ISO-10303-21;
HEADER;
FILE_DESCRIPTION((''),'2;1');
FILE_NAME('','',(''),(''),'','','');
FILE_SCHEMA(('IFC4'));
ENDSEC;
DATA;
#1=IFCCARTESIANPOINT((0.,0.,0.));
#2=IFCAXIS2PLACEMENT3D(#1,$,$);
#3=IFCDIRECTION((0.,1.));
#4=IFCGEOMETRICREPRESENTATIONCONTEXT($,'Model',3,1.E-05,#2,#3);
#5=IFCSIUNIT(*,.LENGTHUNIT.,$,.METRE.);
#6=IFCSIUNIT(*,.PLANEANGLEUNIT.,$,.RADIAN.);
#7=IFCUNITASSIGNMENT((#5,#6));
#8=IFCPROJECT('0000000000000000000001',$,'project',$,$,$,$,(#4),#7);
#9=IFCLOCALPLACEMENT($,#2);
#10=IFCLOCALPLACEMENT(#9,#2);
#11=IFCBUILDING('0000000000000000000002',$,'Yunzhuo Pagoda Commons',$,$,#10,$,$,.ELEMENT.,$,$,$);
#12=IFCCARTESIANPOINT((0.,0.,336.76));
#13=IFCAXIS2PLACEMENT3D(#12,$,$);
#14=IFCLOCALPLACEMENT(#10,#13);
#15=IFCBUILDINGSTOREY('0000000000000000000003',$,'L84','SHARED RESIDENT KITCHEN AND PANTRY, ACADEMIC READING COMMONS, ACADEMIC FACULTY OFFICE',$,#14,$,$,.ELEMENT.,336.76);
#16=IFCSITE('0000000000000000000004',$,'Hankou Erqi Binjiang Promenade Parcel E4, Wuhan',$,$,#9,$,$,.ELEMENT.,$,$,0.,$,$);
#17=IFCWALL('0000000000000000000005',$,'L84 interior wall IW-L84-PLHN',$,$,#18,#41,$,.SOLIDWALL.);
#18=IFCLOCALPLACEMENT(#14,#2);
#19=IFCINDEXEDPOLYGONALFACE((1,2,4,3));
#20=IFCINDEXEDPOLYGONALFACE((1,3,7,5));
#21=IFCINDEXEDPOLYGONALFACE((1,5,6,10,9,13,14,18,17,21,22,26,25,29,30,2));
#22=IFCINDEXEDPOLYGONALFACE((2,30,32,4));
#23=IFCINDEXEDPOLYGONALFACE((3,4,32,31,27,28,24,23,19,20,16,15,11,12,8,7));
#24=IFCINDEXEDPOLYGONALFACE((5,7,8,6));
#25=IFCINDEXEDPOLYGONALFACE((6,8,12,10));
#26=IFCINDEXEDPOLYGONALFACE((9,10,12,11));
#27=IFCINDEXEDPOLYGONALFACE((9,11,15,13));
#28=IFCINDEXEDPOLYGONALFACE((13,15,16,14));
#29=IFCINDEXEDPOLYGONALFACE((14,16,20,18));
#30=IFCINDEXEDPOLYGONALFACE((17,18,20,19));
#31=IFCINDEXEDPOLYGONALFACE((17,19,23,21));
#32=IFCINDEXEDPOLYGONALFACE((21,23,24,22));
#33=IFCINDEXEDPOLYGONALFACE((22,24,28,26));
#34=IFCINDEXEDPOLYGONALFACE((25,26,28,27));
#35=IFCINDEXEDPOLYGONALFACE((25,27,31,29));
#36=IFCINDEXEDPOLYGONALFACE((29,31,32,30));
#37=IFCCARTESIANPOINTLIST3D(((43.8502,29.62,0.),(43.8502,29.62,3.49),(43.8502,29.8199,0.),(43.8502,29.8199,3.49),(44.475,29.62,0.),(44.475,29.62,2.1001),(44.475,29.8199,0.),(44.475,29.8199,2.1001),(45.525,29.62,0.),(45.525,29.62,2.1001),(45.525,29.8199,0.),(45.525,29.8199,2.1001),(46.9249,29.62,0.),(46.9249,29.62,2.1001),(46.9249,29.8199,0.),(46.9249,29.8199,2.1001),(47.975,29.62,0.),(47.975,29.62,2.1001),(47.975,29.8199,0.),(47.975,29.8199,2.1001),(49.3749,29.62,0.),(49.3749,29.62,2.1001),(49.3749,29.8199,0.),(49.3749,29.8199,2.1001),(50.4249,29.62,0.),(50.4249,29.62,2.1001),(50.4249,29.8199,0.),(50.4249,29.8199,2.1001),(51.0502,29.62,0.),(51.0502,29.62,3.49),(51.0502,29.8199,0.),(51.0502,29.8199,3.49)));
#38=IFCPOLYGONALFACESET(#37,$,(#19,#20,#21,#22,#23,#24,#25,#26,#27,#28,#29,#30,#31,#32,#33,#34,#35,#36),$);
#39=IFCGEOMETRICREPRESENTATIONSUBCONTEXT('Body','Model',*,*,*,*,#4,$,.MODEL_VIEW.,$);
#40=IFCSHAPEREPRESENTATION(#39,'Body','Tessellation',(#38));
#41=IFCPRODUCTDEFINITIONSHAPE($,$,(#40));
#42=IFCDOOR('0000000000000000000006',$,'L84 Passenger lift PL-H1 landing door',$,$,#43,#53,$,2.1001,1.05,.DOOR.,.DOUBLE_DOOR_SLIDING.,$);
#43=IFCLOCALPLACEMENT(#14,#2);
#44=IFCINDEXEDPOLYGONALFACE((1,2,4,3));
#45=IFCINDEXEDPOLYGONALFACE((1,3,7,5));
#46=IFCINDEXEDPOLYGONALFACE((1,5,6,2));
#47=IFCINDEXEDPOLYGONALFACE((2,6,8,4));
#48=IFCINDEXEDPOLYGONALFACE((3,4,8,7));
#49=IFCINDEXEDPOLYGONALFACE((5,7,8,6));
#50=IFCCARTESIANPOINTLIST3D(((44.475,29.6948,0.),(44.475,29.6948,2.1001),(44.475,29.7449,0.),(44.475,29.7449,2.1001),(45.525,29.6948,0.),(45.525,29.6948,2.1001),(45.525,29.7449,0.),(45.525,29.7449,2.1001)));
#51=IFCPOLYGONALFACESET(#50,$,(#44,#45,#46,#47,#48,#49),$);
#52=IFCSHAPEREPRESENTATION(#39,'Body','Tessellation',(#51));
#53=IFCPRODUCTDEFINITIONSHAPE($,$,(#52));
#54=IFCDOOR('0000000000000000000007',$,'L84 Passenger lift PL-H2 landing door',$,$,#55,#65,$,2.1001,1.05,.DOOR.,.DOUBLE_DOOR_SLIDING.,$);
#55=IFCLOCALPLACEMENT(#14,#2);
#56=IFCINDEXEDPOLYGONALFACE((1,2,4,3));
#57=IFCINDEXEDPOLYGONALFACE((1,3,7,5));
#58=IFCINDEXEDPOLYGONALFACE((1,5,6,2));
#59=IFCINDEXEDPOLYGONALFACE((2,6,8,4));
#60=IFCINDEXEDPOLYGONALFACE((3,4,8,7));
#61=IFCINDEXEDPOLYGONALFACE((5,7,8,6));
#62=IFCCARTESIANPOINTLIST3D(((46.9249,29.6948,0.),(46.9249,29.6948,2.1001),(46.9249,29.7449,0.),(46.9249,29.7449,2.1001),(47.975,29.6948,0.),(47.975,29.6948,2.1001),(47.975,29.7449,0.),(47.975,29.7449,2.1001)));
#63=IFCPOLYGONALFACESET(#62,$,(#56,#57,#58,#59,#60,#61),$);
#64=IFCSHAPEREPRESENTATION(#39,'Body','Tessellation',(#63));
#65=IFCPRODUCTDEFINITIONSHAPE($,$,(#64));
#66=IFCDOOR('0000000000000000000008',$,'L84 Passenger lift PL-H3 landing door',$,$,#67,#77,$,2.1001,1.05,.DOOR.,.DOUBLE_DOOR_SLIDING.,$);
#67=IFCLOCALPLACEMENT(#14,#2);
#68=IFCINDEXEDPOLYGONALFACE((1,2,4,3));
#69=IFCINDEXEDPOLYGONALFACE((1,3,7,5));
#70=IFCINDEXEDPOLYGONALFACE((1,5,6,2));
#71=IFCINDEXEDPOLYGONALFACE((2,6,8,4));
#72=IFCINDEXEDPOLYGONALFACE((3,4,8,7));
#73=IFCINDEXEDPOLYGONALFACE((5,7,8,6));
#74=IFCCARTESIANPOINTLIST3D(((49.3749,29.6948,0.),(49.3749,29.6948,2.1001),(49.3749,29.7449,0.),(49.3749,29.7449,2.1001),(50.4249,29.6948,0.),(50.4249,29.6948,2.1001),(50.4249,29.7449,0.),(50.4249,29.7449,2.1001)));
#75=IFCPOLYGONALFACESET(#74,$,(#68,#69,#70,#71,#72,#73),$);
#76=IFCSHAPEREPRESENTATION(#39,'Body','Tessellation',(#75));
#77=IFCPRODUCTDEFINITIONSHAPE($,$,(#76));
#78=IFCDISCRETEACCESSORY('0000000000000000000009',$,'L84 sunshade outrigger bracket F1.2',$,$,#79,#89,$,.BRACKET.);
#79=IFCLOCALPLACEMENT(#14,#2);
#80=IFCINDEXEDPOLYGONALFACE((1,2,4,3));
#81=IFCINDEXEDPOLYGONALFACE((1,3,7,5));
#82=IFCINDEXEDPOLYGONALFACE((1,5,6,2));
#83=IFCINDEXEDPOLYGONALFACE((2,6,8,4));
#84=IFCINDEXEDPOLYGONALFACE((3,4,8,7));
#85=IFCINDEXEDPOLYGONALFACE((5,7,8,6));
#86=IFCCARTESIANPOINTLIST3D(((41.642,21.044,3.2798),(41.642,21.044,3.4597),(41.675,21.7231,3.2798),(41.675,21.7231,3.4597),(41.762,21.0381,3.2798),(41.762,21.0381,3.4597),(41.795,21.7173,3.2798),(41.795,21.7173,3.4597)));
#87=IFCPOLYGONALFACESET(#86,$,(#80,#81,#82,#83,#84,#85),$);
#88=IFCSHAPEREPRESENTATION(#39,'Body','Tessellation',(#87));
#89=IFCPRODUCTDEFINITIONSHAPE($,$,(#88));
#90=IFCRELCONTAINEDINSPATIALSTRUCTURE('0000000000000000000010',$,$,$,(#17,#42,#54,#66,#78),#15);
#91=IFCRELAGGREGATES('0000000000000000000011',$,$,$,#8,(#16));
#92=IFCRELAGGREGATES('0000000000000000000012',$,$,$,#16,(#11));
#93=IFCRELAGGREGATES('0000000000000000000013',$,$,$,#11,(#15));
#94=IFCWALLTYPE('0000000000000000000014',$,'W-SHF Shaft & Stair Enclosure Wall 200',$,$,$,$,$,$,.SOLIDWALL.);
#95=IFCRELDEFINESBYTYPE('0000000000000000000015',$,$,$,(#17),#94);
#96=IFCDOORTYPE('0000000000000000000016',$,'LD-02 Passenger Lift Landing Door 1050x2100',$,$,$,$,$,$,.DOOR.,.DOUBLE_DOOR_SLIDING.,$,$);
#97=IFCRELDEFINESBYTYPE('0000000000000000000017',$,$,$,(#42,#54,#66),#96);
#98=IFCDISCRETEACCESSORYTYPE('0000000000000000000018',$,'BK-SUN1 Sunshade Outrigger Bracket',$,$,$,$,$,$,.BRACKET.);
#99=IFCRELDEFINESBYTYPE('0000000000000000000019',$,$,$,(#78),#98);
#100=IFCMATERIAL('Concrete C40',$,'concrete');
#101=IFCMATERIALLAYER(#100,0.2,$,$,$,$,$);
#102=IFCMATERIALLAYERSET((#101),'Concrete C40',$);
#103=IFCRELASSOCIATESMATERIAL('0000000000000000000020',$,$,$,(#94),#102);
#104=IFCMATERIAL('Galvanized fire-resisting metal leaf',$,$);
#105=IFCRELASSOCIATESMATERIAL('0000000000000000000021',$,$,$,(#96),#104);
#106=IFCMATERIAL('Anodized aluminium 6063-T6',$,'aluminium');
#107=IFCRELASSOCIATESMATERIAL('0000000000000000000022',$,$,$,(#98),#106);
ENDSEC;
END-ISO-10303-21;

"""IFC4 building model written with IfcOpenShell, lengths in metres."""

from ifc_helpers import new_model, si_unit, direction, frame, frame_2d, origin, origin_with_axes, origin_2d, place, context, subcontext, project, spatial, rectangle, extrude, source, transform, mapped, material, layer, layer_set, type_object, element, fill, save


model = new_model("IFC4")

# Units and contexts
model_context = context("Model", 3, precision=1e-05, world=origin(), true_north=direction((0.0, 1.0)))
body_context = subcontext(model_context, "Body", "Model", "MODEL_VIEW")
ifc_project = project(units=[si_unit("LENGTHUNIT", "METRE"), si_unit("PLANEANGLEUNIT", "RADIAN")], contexts=[model_context])

# Site, building, storey
site_placement = place(None, origin())
site = spatial("IfcSite", under=ifc_project, at=site_placement, Name="Hankou Erqi Binjiang Promenade Parcel E4, Wuhan", CompositionType="ELEMENT", RefElevation=0.0)
building_placement = place(site_placement, origin())
building = spatial("IfcBuilding", under=site, at=building_placement, Name="Yunzhuo Pagoda Commons", CompositionType="ELEMENT")
storey_placement = place(building_placement, frame((0.0, 0.0, 336.76)))
storey = spatial("IfcBuildingStorey", under=building, at=storey_placement, Name="L84", Description="SHARED RESIDENT KITCHEN AND PANTRY, ACADEMIC READING COMMONS, ACADEMIC FACULTY OFFICE", CompositionType="ELEMENT", Elevation=336.76)

# Shared definitions
ifc_material_1 = material(Name="Anodized aluminium 6063-T6", Category="aluminium")

# Shared definitions
ifc_material_2 = material(Name="Galvanized fire-resisting metal leaf")

# Shared definitions
ifc_material_3 = material(Name="Concrete C40", Category="concrete")
ifc_layer_1 = layer(ifc_material_3, 0.2)
ifc_layer_set_1 = layer_set([ifc_layer_1], Name="Concrete C40")
wall_type_1 = type_object("IfcWallType", Name="W-SHF Shaft & Stair Enclosure Wall 200", PredefinedType="SOLIDWALL", material=ifc_layer_set_1)
shared_shape_1 = source(origin(), body_context, "Body", "SweptSolid", [
    extrude(rectangle(XDim=1.05, YDim=2.1001, at=frame_2d((0.5249, 1.05))), frame((0.0, 0.0249, 0.0), z_axis=(0.0, -1.0, 0.0), x_axis=(1.0, 0.0, 0.0)), (0.0, 0.0, 1.0), 0.05),
])

# Wall, openings, doors
wall_1_placement = place(storey_placement, frame((43.8501, 29.72, 0.0), z_axis=(0.0, 0.0, 1.0), x_axis=(1.0, 0.0, 0.0)))
wall_1 = element("IfcWall", 1, at=wall_1_placement, inside=storey, type_object=wall_type_1, Name="L84 interior wall IW-L84-PLHN", PredefinedType="SOLIDWALL", context=body_context, shape_type="SweptSolid", body=[
    extrude(rectangle(XDim=7.2, YDim=0.2, at=frame_2d((3.6001, 0.0))), origin(), (0.0, 0.0, 1.0), 3.49),
])
opening_1_placement = place(wall_1_placement, frame((0.625, 0.0, 0.0)))
opening_1 = element("IfcOpeningElement", 2, at=opening_1_placement, cuts=wall_1, PredefinedType="OPENING", context=body_context, shape_type="SweptSolid", body=[
    extrude(rectangle(XDim=1.05, YDim=2.1001, at=frame_2d((0.5249, 1.05))), frame((0.0, 0.1099, 0.0), z_axis=(0.0, -1.0, 0.0), x_axis=(1.0, 0.0, 0.0)), (0.0, 0.0, 1.0), 0.22),
])
opening_2_placement = place(wall_1_placement, frame((3.075, 0.0, 0.0)))
opening_2 = element("IfcOpeningElement", 3, at=opening_2_placement, cuts=wall_1, PredefinedType="OPENING", context=body_context, shape_type="SweptSolid", body=[
    extrude(rectangle(XDim=1.05, YDim=2.1001, at=frame_2d((0.5249, 1.05))), frame((0.0, 0.1099, 0.0), z_axis=(0.0, -1.0, 0.0), x_axis=(1.0, 0.0, 0.0)), (0.0, 0.0, 1.0), 0.22),
])
opening_3_placement = place(wall_1_placement, frame((5.5249, 0.0, 0.0)))
opening_3 = element("IfcOpeningElement", 4, at=opening_3_placement, cuts=wall_1, PredefinedType="OPENING", context=body_context, shape_type="SweptSolid", body=[
    extrude(rectangle(XDim=1.05, YDim=2.1001, at=frame_2d((0.5249, 1.05))), frame((0.0, 0.1099, 0.0), z_axis=(0.0, -1.0, 0.0), x_axis=(1.0, 0.0, 0.0)), (0.0, 0.0, 1.0), 0.22),
])
door_type_1 = type_object("IfcDoorType", Name="LD-02 Passenger Lift Landing Door 1050x2100", OperationType="DOUBLE_DOOR_SLIDING", PredefinedType="DOOR", material=ifc_material_2)
door_1_placement = place(opening_1_placement, origin_with_axes())
door_1 = element("IfcDoor", 5, at=door_1_placement, inside=storey, type_object=door_type_1, Name="L84 Passenger lift PL-H1 landing door", OperationType="DOUBLE_DOOR_SLIDING", OverallHeight=2.1001, OverallWidth=1.05, PredefinedType="DOOR", context=body_context, shape_type="MappedRepresentation", body=[
    mapped(shared_shape_1, transform((0.0, 0.0, 0.0), scale=1.0)),
])
fill(opening_1, door_1)
door_2_placement = place(opening_2_placement, origin_with_axes())
door_2 = element("IfcDoor", 6, at=door_2_placement, inside=storey, type_object=door_type_1, Name="L84 Passenger lift PL-H2 landing door", OperationType="DOUBLE_DOOR_SLIDING", OverallHeight=2.1001, OverallWidth=1.05, PredefinedType="DOOR", context=body_context, shape_type="MappedRepresentation", body=[
    mapped(shared_shape_1, transform((0.0, 0.0, 0.0), scale=1.0)),
])
fill(opening_2, door_2)
door_3_placement = place(opening_3_placement, origin_with_axes())
door_3 = element("IfcDoor", 7, at=door_3_placement, inside=storey, type_object=door_type_1, Name="L84 Passenger lift PL-H3 landing door", OperationType="DOUBLE_DOOR_SLIDING", OverallHeight=2.1001, OverallWidth=1.05, PredefinedType="DOOR", context=body_context, shape_type="MappedRepresentation", body=[
    mapped(shared_shape_1, transform((0.0, 0.0, 0.0), scale=1.0)),
])
fill(opening_3, door_3)

# Discrete accessory
discrete_accessory_type = type_object("IfcDiscreteAccessoryType", Name="BK-SUN1 Sunshade Outrigger Bracket", PredefinedType="BRACKET", material=ifc_material_1)
shared_shape_2 = source(origin(), body_context, "Body", "SweptSolid", [
    extrude(rectangle(XDim=0.1201, YDim=0.6799, at=origin_2d()), origin(), (0.0, 0.0, 1.0), 0.1799),
])
discrete_accessory_placement = place(storey_placement, frame((41.7185, 21.3806, 3.2798), z_axis=(0.0, 0.0, 1.0), x_axis=(0.998818, -0.048606, 0.0)))
element("IfcDiscreteAccessory", 8, at=discrete_accessory_placement, inside=storey, type_object=discrete_accessory_type, Name="L84 sunshade outrigger bracket F1.2", PredefinedType="BRACKET", context=body_context, shape_type="MappedRepresentation", body=[
    mapped(shared_shape_2, transform((0.0, 0.0, 0.0), scale=1.0)),
])

save(model, "model.ifc")
